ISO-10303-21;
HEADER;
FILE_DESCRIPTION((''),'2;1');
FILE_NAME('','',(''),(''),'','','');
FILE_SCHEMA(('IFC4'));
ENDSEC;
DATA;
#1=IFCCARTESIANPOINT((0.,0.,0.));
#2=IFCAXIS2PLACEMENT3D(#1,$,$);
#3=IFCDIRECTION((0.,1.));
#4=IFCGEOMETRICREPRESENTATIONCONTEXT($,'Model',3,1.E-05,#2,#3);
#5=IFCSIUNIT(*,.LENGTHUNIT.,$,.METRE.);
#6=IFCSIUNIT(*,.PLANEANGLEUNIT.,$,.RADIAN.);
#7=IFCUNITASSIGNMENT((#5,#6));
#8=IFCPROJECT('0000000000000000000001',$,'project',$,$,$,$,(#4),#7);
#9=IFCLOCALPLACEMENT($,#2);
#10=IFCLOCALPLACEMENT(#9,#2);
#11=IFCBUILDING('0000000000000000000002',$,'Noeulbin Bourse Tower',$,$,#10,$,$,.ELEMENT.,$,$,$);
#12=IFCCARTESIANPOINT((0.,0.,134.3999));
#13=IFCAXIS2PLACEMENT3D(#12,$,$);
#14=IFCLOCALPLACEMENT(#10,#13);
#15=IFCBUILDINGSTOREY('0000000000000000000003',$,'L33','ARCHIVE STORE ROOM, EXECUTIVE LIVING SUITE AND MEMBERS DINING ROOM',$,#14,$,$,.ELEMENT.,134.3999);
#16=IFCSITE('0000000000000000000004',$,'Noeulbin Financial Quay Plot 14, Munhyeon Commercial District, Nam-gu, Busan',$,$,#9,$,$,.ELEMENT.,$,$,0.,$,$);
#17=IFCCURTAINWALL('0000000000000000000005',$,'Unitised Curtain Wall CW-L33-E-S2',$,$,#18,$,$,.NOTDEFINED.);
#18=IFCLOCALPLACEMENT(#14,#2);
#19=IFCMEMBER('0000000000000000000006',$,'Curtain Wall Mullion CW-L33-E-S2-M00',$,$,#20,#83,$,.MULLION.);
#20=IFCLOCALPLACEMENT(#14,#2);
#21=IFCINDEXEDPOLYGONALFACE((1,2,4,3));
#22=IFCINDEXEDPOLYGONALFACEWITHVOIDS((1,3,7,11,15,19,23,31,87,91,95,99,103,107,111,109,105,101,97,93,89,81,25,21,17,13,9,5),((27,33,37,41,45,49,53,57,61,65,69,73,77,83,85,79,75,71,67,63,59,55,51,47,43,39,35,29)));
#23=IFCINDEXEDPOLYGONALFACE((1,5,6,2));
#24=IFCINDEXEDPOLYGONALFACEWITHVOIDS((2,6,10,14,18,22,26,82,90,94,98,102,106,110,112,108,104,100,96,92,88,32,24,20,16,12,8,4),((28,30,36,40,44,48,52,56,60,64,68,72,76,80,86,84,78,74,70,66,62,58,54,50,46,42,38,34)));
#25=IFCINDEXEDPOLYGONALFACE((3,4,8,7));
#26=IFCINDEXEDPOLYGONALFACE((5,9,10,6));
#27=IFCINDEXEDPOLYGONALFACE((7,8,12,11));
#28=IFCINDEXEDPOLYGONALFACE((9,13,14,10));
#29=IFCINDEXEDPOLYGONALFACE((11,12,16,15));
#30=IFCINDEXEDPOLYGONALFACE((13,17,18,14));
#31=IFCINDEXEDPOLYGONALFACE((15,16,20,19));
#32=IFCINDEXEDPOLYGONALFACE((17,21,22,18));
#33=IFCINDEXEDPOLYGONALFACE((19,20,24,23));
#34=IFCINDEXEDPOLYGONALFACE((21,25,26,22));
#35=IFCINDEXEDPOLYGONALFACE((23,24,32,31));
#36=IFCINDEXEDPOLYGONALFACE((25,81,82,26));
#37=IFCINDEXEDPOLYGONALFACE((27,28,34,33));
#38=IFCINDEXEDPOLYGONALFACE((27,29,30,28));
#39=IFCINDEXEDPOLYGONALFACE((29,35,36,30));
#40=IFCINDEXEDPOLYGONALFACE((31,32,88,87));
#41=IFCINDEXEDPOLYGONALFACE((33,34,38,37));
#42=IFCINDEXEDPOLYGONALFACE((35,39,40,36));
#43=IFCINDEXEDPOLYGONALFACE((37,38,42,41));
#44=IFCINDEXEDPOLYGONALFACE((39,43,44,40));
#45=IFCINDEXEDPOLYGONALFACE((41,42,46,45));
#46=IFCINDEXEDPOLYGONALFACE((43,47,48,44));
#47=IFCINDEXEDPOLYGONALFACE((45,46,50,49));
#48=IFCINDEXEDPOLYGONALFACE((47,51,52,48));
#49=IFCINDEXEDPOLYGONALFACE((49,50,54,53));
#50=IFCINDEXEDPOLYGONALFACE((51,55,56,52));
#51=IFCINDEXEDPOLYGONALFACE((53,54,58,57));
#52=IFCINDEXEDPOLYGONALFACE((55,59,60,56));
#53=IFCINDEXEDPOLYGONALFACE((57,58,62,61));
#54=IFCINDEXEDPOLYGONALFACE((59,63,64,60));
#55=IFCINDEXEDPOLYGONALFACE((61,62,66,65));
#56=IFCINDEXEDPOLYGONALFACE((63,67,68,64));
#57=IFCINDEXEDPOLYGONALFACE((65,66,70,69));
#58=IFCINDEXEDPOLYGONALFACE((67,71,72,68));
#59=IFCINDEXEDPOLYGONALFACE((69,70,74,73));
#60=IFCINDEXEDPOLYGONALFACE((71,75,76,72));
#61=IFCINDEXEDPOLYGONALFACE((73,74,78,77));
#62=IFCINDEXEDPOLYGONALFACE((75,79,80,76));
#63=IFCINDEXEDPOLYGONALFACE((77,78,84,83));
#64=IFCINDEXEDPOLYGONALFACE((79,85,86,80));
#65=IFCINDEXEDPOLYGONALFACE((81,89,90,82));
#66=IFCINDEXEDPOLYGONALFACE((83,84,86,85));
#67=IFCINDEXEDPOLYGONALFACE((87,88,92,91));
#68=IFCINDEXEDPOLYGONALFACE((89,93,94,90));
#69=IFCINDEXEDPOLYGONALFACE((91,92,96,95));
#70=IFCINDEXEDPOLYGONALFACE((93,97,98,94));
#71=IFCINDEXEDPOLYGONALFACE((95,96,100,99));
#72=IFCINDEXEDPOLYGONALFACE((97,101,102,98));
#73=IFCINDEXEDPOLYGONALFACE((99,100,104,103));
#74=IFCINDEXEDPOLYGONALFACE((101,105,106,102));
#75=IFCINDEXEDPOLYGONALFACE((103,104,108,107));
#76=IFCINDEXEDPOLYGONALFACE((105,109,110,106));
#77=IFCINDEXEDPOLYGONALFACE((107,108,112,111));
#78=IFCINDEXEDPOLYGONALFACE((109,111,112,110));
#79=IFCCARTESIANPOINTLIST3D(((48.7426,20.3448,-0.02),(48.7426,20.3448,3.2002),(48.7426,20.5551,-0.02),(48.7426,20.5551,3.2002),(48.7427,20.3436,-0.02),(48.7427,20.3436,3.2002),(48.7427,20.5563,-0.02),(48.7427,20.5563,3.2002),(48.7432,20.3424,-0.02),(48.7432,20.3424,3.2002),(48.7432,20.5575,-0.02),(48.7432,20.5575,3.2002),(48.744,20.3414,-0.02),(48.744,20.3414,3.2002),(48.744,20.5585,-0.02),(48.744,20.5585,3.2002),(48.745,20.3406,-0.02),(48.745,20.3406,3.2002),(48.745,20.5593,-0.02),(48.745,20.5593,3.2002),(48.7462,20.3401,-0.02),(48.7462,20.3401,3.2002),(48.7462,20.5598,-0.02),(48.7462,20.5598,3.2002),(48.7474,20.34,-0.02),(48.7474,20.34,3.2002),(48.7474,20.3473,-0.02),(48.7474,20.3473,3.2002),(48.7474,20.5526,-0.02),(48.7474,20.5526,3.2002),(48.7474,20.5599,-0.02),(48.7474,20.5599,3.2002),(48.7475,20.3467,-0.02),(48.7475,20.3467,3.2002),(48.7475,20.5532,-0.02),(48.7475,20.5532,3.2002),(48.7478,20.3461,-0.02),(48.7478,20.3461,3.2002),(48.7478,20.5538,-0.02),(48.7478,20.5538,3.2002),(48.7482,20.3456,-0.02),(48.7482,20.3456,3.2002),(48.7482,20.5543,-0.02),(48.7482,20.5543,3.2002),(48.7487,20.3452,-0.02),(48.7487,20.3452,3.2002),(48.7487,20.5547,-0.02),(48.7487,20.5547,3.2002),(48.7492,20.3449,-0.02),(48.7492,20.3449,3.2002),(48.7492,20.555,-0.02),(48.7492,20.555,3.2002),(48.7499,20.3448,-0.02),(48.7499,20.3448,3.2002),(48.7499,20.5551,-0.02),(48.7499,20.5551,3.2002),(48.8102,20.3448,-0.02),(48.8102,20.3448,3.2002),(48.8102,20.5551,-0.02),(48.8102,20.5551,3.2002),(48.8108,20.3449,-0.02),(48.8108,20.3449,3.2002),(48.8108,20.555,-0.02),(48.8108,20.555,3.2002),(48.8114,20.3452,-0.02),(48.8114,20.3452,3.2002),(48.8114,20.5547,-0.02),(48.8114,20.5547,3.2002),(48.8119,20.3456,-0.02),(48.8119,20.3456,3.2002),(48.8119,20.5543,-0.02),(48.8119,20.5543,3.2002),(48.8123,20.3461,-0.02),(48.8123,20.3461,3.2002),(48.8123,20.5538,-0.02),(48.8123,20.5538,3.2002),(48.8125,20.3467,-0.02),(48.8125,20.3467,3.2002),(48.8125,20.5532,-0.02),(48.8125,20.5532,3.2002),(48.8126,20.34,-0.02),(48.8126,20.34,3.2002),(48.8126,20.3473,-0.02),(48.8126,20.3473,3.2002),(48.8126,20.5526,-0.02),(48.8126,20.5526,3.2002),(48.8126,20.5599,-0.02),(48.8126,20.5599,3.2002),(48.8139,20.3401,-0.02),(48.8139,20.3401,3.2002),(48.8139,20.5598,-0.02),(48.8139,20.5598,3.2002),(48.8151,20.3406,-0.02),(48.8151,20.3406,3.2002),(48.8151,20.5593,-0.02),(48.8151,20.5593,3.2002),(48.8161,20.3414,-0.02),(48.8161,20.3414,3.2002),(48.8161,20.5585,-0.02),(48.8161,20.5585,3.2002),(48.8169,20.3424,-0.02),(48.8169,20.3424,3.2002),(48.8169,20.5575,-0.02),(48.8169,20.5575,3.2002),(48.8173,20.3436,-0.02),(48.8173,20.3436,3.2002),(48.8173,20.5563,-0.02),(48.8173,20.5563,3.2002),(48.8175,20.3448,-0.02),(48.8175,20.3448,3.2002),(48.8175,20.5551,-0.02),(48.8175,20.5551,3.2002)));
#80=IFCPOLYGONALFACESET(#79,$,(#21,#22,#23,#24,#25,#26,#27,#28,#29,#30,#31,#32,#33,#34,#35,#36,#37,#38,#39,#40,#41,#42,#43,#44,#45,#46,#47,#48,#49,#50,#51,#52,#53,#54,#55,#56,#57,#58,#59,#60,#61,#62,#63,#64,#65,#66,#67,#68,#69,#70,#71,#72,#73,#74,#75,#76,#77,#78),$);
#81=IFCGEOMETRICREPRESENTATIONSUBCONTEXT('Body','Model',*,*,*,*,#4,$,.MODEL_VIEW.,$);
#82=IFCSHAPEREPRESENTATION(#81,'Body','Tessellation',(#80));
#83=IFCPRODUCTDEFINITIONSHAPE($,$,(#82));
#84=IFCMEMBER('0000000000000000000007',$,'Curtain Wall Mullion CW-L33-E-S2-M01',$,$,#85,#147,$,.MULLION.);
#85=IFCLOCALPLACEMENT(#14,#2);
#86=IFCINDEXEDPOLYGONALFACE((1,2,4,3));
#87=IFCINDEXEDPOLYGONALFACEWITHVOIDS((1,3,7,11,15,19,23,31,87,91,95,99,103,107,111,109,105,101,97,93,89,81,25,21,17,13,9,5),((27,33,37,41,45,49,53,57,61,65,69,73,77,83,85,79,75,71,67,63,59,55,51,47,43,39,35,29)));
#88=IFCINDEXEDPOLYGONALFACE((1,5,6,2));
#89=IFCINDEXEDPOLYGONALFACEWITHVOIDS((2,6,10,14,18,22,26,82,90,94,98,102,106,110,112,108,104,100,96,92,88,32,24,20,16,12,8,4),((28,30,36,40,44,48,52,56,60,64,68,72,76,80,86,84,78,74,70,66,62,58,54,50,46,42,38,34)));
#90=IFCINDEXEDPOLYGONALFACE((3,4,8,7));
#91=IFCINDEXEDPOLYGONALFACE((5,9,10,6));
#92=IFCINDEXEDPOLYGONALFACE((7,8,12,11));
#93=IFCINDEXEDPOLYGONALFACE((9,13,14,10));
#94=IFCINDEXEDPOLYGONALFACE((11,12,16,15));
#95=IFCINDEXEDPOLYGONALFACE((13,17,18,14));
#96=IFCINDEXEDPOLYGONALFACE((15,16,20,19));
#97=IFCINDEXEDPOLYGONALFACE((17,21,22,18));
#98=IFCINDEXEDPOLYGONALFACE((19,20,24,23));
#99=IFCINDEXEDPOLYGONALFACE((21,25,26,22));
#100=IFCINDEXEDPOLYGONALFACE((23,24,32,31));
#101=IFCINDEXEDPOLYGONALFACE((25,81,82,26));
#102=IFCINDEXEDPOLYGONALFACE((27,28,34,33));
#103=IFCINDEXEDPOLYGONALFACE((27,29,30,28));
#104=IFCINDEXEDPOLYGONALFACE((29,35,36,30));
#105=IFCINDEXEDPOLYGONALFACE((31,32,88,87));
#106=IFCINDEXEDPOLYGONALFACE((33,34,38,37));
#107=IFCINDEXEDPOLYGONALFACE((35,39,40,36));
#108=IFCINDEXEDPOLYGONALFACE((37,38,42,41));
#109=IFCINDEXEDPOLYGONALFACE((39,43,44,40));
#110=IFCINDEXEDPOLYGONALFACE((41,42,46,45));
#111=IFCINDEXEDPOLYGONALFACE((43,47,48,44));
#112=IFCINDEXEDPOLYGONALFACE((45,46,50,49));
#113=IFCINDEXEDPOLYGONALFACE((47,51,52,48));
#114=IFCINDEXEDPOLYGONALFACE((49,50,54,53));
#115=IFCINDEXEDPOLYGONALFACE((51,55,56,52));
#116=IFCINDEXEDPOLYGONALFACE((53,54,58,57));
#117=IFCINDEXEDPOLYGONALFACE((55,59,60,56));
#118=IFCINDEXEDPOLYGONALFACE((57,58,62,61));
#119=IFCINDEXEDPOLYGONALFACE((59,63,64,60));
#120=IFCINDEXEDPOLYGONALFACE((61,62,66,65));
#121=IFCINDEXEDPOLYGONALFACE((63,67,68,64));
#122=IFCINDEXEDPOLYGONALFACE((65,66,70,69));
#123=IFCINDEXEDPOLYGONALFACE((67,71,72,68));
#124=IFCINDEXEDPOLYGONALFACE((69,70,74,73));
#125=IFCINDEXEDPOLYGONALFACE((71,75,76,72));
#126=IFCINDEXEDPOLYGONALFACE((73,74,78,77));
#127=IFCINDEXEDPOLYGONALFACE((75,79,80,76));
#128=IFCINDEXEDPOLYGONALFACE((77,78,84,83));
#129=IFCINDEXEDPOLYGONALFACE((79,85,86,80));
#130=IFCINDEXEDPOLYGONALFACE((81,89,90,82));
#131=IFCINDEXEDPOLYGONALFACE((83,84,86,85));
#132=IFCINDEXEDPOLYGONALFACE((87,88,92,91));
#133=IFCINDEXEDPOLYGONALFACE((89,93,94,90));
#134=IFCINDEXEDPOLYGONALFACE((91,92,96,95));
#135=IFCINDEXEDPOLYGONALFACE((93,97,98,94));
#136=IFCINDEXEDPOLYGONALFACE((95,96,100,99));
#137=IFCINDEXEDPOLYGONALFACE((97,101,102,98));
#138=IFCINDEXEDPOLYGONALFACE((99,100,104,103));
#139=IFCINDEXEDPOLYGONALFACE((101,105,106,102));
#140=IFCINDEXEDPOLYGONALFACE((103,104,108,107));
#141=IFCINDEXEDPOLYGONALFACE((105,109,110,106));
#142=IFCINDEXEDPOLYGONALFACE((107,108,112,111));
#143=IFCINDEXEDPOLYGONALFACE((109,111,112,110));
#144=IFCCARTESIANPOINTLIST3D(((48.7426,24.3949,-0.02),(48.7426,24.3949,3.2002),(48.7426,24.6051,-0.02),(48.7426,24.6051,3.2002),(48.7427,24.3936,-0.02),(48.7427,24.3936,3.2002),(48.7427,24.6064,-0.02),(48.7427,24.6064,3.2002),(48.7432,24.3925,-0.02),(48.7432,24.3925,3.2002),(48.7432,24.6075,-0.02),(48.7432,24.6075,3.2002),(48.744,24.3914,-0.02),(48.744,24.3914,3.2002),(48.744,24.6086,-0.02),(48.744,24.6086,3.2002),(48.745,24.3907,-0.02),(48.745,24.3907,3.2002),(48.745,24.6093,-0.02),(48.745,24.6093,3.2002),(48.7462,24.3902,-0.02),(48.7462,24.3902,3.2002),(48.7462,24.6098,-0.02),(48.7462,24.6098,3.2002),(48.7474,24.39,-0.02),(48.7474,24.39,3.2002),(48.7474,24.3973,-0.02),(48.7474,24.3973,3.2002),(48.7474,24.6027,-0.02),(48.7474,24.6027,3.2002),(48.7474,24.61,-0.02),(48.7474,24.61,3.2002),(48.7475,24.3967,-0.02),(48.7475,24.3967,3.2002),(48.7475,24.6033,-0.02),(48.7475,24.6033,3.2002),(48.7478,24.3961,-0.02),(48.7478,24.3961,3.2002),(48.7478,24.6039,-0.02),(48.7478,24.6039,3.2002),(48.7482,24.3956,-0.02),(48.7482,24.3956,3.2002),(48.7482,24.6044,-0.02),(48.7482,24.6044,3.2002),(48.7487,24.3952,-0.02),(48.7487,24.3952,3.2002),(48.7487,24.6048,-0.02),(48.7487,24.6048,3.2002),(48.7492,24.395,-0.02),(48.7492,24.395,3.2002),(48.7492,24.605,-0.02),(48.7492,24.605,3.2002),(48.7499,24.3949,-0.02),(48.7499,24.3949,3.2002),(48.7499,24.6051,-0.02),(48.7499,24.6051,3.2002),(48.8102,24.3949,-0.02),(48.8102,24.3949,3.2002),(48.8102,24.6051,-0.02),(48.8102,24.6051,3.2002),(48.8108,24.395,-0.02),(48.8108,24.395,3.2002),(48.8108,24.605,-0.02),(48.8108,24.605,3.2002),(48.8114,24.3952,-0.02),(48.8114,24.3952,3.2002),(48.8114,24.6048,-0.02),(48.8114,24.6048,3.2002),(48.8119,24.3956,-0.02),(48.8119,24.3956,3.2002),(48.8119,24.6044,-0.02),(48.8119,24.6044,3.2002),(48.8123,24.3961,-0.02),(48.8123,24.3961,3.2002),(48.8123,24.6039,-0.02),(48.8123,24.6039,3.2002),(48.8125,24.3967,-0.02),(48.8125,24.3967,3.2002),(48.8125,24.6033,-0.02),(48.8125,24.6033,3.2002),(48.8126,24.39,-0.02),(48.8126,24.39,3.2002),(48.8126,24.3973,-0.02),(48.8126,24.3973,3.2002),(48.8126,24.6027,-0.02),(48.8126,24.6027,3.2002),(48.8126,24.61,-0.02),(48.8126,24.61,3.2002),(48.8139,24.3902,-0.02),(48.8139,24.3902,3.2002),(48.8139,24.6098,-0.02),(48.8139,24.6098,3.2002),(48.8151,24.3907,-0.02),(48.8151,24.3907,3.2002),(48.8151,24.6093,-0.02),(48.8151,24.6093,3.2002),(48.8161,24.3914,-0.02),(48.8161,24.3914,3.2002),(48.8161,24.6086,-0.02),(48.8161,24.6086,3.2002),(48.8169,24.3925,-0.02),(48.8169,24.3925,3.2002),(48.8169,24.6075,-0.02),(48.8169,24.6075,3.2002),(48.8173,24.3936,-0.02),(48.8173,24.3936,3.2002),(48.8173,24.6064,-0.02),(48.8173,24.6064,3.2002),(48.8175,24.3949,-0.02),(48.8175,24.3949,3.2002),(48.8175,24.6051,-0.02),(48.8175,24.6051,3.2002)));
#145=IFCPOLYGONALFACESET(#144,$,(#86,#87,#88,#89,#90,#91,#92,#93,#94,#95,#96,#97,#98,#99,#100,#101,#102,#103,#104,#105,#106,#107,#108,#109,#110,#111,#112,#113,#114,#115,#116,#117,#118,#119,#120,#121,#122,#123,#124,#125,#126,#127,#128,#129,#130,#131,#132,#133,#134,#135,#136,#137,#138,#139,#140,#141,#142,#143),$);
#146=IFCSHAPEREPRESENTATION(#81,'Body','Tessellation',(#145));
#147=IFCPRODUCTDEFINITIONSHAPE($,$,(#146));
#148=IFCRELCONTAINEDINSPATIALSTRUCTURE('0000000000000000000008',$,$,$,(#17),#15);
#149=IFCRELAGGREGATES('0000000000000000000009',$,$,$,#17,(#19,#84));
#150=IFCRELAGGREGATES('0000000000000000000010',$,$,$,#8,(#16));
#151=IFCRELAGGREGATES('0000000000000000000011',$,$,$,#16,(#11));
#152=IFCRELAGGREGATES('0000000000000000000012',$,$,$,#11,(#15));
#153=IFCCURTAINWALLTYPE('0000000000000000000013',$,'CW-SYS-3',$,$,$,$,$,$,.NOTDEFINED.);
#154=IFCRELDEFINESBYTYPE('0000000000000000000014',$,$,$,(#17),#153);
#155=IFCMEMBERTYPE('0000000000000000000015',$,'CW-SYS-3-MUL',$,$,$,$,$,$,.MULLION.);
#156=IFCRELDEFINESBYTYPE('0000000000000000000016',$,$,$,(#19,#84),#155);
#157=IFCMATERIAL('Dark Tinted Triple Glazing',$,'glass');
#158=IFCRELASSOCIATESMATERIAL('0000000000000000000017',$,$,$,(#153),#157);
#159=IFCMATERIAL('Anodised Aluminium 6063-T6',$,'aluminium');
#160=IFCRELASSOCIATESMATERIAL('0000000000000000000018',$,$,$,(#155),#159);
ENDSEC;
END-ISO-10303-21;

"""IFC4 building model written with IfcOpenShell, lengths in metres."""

from ifc_helpers import new_model, si_unit, direction, frame, origin, origin_2d, place, context, subcontext, project, spatial, hollow_rectangle, extrude, material, material_profile, profile_set, type_object, element, aggregate, save


model = new_model("IFC4")

# Units and contexts
model_context = context("Model", 3, precision=1e-05, world=origin(), true_north=direction((0.0, 1.0)))
body_context = subcontext(model_context, "Body", "Model", "MODEL_VIEW")
ifc_project = project(units=[si_unit("LENGTHUNIT", "METRE"), si_unit("PLANEANGLEUNIT", "RADIAN")], contexts=[model_context])

# Site, building, storey
site_placement = place(None, origin())
site = spatial("IfcSite", under=ifc_project, at=site_placement, Name="Noeulbin Financial Quay Plot 14, Munhyeon Commercial District, Nam-gu, Busan", CompositionType="ELEMENT", RefElevation=0.0)
building_placement = place(site_placement, origin())
building = spatial("IfcBuilding", under=site, at=building_placement, Name="Noeulbin Bourse Tower", CompositionType="ELEMENT")
storey_placement = place(building_placement, frame((0.0, 0.0, 134.3999)))
storey = spatial("IfcBuildingStorey", under=building, at=storey_placement, Name="L33", Description="ARCHIVE STORE ROOM, EXECUTIVE LIVING SUITE AND MEMBERS DINING ROOM", CompositionType="ELEMENT", Elevation=134.3999)

# Curtain wall, members
ifc_material_1 = material(Name="Dark Tinted Triple Glazing", Category="glass")
curtain_wall_type = type_object("IfcCurtainWallType", Name="CW-SYS-3", PredefinedType="NOTDEFINED", material=ifc_material_1)
curtain_wall_placement = place(storey_placement, origin())
curtain_wall = element("IfcCurtainWall", 1, at=curtain_wall_placement, inside=storey, type_object=curtain_wall_type, Name="Unitised Curtain Wall CW-L33-E-S2", PredefinedType="NOTDEFINED")
ifc_material_2 = material(Name="Anodised Aluminium 6063-T6", Category="aluminium")
ifc_material_profile_1 = material_profile(ifc_material_2, hollow_rectangle(XDim=0.075, YDim=0.22, WallThickness=0.0049, InnerFilletRadius=0.0024, OuterFilletRadius=0.0049, at=origin_2d()), Name="ALU-MULL-75x220x5", Category="LoadBearing")
ifc_profile_set_1 = profile_set([ifc_material_profile_1], Name="Anodised Aluminium 6063-T6")
member_type_1 = type_object("IfcMemberType", Name="CW-SYS-3-MUL", PredefinedType="MULLION", material=ifc_profile_set_1)
member_1_placement = place(storey_placement, frame((48.78, 20.45, -0.02), z_axis=(0.0, 0.0, 1.0), x_axis=(1.0, 0.0, 0.0)))
member_1 = element("IfcMember", 2, at=member_1_placement, type_object=member_type_1, Name="Curtain Wall Mullion CW-L33-E-S2-M00", PredefinedType="MULLION", context=body_context, shape_type="SweptSolid", body=[
    extrude(hollow_rectangle(XDim=0.075, YDim=0.22, WallThickness=0.0049, InnerFilletRadius=0.0024, OuterFilletRadius=0.0049, at=origin_2d()), origin(), (0.0, 0.0, 1.0), 3.2202),
])
member_2_placement = place(storey_placement, frame((48.78, 24.5, -0.02), z_axis=(0.0, 0.0, 1.0), x_axis=(1.0, 0.0, 0.0)))
member_2 = element("IfcMember", 3, at=member_2_placement, type_object=member_type_1, Name="Curtain Wall Mullion CW-L33-E-S2-M01", PredefinedType="MULLION", context=body_context, shape_type="SweptSolid", body=[
    extrude(hollow_rectangle(XDim=0.075, YDim=0.22, WallThickness=0.0049, InnerFilletRadius=0.0024, OuterFilletRadius=0.0049, at=origin_2d()), origin(), (0.0, 0.0, 1.0), 3.2202),
])
aggregate(curtain_wall, [member_1, member_2])

save(model, "model.ifc")
